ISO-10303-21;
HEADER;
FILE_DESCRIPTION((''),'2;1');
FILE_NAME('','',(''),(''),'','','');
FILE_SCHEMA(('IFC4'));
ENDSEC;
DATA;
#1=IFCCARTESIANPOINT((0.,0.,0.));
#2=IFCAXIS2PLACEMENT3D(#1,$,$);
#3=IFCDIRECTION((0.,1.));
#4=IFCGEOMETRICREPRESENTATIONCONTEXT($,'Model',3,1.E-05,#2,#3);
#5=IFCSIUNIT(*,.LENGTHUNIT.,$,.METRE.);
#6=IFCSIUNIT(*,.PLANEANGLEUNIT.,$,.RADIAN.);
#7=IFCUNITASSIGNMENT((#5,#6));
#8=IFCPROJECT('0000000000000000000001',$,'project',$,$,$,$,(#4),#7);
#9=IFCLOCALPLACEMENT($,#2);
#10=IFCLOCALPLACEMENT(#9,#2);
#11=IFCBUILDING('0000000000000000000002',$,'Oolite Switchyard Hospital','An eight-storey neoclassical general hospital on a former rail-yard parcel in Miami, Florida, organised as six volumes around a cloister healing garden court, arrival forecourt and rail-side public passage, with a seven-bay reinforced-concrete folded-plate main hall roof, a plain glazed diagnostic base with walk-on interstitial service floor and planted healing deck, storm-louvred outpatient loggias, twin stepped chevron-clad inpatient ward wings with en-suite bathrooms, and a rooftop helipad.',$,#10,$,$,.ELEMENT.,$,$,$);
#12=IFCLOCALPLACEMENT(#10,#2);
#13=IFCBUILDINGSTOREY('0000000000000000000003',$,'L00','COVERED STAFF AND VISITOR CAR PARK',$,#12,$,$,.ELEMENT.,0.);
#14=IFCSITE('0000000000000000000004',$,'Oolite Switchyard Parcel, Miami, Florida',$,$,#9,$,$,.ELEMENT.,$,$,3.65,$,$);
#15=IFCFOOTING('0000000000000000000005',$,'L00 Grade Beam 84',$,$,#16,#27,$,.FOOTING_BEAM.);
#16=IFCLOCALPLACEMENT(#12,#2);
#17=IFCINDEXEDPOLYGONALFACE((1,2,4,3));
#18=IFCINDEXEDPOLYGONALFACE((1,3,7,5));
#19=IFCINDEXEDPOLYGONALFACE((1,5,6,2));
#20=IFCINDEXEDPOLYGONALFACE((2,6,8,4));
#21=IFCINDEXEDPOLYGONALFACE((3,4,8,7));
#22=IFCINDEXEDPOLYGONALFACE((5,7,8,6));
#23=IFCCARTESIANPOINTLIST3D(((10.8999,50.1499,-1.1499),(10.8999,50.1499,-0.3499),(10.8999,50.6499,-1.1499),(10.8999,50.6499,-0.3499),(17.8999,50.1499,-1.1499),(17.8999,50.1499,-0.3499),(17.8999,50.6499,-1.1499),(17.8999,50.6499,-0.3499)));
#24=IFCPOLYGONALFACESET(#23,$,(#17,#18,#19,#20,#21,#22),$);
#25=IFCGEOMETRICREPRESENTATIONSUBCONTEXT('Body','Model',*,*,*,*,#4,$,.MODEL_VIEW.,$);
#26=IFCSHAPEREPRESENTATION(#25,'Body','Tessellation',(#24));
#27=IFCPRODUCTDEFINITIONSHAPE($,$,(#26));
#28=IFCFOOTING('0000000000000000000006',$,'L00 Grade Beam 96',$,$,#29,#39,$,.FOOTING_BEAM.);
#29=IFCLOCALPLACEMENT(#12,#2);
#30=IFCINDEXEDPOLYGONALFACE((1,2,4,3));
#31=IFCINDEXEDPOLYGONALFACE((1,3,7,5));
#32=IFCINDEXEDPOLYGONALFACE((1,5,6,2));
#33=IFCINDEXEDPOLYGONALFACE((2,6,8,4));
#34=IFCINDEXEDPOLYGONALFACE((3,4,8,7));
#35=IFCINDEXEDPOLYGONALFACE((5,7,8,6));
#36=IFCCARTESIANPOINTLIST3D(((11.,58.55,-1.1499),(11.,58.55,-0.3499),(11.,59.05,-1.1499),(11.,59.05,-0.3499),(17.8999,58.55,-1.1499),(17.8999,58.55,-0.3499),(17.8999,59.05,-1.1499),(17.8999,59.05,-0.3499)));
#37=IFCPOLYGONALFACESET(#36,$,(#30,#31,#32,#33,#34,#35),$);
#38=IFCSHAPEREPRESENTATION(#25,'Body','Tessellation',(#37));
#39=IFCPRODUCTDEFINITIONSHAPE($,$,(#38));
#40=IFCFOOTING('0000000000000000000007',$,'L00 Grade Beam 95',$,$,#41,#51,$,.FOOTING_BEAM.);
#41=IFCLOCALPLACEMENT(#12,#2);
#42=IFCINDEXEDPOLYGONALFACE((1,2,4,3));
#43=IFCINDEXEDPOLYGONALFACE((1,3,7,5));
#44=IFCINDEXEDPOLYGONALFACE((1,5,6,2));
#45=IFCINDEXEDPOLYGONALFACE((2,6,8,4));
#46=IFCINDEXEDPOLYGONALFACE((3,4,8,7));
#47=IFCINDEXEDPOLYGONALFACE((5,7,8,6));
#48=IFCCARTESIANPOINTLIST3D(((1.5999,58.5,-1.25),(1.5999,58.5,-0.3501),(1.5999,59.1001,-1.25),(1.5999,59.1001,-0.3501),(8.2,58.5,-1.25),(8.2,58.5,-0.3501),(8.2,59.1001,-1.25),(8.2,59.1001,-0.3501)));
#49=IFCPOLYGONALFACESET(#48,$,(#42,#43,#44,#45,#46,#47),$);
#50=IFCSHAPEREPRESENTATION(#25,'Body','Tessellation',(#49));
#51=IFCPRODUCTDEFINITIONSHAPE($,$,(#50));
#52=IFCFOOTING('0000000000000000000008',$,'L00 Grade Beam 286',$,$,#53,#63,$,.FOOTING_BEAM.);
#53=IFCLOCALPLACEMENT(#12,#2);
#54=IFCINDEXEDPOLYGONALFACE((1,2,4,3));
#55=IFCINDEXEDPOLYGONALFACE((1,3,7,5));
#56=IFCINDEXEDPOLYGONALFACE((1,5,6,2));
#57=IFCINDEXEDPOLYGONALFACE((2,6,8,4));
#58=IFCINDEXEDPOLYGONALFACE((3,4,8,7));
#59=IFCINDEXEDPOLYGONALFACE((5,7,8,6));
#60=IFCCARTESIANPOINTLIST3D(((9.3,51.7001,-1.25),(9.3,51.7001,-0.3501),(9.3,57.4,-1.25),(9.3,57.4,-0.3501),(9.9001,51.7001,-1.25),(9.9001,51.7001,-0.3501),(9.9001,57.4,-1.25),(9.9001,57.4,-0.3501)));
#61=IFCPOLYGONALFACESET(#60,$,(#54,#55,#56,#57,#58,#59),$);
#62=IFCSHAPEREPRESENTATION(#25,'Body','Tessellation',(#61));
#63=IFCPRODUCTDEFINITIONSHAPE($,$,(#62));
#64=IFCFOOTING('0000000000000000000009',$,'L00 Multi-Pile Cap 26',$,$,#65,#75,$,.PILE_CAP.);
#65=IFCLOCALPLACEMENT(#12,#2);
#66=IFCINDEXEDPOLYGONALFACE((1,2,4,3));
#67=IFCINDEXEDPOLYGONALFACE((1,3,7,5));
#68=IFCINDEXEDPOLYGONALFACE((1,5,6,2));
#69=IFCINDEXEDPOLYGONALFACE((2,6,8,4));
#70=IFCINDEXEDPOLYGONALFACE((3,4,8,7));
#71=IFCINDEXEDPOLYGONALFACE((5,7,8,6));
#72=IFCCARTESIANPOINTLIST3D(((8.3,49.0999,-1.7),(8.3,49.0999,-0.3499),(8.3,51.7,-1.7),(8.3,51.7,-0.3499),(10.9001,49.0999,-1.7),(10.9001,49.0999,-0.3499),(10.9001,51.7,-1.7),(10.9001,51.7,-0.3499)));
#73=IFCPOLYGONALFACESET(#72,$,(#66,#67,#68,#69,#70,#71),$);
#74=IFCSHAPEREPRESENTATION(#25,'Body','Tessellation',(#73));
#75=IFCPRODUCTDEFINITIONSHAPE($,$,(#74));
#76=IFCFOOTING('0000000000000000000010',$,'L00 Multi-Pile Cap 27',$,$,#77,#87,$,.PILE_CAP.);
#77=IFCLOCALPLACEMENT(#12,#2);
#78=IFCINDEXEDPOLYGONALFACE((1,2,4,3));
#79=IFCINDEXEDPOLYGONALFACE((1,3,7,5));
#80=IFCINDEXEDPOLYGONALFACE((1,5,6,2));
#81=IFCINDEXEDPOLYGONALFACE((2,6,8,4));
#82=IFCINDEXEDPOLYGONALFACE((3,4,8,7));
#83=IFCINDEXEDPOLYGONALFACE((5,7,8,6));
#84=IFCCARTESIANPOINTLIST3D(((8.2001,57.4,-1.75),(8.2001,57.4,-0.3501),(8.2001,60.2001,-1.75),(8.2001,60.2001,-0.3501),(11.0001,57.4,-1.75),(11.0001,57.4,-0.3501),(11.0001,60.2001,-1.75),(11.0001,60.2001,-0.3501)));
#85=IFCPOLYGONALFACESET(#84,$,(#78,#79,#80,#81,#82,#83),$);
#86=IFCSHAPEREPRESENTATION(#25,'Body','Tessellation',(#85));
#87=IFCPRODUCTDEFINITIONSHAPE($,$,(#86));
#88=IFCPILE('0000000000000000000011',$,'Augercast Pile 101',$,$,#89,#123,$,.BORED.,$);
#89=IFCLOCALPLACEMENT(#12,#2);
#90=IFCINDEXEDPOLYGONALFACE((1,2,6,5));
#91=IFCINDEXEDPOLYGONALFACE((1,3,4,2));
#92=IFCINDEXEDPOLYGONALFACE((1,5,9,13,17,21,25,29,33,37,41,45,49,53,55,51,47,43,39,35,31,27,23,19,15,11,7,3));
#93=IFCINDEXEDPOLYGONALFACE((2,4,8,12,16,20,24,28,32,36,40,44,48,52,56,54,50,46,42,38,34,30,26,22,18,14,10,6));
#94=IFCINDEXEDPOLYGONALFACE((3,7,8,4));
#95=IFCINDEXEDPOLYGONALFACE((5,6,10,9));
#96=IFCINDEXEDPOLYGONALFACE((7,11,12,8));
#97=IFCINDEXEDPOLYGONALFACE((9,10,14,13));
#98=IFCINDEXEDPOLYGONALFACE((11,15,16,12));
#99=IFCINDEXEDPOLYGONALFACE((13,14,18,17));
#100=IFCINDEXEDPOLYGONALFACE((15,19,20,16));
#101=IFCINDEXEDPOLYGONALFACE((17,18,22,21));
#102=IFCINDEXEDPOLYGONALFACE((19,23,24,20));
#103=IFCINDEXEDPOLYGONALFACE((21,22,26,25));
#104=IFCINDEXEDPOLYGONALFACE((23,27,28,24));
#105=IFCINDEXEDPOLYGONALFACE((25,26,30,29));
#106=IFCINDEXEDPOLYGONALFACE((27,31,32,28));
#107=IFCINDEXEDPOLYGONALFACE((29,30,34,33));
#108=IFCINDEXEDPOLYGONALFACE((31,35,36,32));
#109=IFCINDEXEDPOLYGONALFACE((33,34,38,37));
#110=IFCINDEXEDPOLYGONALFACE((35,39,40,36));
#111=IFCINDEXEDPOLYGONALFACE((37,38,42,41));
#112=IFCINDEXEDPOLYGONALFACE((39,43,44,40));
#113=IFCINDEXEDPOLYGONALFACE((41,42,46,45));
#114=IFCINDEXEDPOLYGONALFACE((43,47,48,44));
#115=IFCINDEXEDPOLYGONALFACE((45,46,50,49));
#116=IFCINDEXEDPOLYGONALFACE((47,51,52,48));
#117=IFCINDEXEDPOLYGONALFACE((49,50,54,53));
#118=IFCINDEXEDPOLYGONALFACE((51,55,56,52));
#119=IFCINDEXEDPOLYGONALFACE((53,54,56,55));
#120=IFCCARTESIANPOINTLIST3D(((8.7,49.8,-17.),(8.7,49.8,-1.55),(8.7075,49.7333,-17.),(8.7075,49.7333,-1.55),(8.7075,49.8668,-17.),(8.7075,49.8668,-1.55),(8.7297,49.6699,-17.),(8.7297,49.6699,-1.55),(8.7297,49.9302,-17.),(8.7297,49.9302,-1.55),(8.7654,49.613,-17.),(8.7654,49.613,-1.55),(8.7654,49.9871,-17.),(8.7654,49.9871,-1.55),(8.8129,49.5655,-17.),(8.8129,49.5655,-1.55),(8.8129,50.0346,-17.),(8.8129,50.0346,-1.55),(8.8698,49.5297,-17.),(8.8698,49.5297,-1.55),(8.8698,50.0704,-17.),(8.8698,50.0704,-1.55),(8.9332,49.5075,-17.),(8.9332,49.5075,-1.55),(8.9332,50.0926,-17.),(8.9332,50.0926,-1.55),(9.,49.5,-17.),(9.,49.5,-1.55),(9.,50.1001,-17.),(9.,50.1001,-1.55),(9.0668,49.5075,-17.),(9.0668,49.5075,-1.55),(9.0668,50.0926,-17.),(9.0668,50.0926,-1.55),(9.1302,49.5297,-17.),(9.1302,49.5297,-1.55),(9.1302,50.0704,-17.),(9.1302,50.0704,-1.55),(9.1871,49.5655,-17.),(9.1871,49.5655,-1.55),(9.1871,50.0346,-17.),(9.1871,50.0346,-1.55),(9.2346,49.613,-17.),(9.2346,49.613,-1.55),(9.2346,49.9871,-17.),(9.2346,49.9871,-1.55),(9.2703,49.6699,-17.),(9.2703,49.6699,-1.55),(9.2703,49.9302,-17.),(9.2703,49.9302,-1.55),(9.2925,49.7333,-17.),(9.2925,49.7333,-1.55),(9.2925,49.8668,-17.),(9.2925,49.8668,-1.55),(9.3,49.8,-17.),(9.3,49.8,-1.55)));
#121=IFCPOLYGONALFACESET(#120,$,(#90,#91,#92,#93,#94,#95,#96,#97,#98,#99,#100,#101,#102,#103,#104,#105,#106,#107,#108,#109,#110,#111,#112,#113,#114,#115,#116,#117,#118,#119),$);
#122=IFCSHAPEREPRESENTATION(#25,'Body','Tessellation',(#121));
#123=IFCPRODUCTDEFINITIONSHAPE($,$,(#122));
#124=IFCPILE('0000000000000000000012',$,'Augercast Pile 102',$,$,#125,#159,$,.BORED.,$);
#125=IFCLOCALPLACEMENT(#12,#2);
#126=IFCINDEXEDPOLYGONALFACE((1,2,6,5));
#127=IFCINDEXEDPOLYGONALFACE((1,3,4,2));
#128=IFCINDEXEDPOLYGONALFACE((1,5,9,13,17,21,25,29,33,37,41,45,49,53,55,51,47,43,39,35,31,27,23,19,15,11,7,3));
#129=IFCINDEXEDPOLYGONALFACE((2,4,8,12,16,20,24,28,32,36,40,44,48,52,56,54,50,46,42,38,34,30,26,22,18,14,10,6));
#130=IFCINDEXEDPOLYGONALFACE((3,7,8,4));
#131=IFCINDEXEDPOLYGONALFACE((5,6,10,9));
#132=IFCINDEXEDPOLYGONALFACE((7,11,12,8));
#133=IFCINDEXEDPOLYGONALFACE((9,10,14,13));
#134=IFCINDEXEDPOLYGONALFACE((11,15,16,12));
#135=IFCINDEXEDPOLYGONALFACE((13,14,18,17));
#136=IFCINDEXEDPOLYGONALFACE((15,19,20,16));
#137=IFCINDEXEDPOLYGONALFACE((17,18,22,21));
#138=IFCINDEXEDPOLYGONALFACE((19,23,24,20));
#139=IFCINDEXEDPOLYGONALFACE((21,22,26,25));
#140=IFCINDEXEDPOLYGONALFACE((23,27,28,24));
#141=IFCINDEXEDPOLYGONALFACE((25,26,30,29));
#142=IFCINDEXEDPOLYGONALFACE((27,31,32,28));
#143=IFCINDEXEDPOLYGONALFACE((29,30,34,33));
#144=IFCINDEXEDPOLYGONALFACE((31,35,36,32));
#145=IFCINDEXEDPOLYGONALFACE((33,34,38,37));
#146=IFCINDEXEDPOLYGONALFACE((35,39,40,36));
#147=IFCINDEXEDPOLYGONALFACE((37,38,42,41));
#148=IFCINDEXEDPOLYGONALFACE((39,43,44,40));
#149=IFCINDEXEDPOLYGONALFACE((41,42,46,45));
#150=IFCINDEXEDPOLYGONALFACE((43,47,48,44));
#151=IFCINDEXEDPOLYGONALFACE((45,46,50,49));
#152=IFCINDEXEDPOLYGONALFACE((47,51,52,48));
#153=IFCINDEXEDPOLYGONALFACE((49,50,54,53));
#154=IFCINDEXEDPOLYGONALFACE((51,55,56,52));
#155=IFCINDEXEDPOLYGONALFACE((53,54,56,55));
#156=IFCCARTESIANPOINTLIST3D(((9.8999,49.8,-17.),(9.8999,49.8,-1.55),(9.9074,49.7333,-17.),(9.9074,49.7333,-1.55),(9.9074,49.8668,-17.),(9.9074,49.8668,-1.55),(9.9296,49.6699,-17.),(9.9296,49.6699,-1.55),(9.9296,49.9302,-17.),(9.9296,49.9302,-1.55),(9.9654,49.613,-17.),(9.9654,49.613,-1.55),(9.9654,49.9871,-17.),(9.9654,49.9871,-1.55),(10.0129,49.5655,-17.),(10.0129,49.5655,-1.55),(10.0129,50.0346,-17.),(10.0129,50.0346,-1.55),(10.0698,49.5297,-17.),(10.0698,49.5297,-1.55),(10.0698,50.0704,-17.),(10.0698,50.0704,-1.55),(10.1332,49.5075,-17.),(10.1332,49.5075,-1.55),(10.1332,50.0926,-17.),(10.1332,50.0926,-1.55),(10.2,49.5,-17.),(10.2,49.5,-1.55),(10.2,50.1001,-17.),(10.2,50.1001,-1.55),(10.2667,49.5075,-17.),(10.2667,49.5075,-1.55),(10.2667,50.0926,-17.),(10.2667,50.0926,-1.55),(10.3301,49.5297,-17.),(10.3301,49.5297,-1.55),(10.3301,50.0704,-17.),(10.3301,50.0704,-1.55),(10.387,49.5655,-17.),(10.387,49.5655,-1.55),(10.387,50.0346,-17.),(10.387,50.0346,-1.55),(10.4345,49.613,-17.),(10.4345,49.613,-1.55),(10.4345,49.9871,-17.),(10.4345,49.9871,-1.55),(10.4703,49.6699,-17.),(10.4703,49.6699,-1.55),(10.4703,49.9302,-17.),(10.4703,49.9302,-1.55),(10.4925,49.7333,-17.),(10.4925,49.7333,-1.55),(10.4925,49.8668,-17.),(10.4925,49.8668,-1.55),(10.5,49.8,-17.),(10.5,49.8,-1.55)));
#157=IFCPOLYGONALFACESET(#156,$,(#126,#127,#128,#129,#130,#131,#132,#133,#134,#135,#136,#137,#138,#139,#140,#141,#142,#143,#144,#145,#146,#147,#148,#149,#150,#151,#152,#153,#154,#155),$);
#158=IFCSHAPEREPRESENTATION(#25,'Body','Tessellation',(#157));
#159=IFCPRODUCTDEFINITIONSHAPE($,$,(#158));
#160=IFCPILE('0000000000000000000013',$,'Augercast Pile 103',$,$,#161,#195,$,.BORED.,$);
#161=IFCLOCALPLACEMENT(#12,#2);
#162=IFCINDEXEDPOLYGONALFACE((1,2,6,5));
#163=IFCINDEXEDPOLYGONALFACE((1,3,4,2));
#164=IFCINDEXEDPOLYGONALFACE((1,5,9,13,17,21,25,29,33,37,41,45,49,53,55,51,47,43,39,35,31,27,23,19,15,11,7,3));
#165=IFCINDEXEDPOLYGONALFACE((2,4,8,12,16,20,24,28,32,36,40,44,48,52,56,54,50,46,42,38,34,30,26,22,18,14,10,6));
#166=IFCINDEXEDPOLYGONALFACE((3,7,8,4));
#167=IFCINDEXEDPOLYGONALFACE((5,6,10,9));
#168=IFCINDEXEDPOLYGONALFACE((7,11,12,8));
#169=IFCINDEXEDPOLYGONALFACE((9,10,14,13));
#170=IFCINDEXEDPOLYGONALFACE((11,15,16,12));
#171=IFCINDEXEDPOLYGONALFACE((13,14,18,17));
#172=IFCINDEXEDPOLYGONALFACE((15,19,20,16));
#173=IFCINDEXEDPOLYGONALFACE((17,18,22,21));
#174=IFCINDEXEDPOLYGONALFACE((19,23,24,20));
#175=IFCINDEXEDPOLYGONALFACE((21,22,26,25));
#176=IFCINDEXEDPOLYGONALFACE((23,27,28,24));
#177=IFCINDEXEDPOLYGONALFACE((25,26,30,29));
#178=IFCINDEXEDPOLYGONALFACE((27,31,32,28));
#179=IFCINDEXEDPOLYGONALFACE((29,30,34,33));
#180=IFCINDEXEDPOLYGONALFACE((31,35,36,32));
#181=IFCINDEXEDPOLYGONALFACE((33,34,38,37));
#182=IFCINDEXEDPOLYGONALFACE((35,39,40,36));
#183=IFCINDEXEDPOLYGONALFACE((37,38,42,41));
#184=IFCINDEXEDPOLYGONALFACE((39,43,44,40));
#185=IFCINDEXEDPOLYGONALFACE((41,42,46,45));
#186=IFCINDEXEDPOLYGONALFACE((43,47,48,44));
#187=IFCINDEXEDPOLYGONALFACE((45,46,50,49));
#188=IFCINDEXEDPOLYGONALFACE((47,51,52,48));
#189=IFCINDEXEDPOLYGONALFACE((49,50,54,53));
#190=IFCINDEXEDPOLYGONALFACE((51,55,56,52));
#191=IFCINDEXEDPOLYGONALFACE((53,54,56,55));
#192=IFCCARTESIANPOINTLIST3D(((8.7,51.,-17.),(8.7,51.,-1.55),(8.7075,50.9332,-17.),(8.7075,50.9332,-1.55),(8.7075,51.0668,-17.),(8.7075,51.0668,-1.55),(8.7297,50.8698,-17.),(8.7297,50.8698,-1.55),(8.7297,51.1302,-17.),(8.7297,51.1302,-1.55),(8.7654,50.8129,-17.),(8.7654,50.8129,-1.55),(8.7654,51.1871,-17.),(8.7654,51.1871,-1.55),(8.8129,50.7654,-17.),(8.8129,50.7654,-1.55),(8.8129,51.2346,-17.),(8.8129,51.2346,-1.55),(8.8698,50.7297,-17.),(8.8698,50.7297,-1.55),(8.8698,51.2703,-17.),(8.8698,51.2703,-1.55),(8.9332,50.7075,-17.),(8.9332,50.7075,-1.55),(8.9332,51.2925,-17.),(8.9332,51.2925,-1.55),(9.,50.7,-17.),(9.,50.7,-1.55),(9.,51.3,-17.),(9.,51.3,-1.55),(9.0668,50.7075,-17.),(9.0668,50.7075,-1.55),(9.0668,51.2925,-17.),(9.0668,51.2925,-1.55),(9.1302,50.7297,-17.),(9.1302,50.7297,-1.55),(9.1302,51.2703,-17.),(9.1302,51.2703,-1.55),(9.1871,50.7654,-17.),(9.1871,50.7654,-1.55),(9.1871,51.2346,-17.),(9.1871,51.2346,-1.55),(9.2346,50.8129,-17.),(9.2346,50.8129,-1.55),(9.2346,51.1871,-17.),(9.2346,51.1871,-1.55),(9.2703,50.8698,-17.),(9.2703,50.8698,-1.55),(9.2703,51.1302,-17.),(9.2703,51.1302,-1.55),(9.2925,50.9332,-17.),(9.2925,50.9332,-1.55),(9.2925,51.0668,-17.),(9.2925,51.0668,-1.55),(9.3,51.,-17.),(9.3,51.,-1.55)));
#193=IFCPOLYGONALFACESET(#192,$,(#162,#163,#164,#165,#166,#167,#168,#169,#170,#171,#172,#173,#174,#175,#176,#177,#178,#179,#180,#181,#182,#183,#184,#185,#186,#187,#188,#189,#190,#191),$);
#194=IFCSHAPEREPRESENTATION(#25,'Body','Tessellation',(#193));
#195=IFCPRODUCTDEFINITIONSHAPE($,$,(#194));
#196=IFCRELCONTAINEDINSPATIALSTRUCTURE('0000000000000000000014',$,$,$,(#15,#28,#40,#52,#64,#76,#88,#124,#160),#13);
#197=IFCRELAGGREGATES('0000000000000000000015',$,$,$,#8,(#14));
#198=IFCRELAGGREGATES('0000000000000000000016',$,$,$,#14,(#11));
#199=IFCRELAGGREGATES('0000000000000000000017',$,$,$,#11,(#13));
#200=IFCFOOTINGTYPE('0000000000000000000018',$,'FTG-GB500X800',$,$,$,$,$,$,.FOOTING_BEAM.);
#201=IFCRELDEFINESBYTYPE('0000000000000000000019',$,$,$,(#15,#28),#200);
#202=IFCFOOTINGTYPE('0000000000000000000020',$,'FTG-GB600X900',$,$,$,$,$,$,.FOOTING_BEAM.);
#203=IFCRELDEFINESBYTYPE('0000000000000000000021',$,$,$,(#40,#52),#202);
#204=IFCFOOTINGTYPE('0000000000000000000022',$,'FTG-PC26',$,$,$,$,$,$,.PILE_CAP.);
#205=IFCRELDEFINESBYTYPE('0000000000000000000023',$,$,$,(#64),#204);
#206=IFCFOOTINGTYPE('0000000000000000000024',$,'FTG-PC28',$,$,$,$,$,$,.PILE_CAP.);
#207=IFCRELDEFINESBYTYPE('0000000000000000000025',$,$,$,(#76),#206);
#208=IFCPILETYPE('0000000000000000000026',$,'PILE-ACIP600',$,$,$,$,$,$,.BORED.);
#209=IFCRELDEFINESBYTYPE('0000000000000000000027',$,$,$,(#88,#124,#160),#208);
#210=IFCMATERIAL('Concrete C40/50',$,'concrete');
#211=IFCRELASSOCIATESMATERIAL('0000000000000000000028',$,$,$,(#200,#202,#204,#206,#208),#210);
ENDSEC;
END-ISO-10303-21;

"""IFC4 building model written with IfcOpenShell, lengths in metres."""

from ifc_helpers import new_model, si_unit, direction, frame, origin, origin_2d, place, context, subcontext, project, spatial, rectangle, circle, extrude, material, material_profile, profile_set, type_object, element, save


model = new_model("IFC4")

# Units and contexts
model_context = context("Model", 3, precision=1e-05, world=origin(), true_north=direction((0.0, 1.0)))
body_context = subcontext(model_context, "Body", "Model", "MODEL_VIEW")
ifc_project = project(units=[si_unit("LENGTHUNIT", "METRE"), si_unit("PLANEANGLEUNIT", "RADIAN")], contexts=[model_context])

# Site, building, storey
site_placement = place(None, origin())
site = spatial("IfcSite", under=ifc_project, at=site_placement, Name="Oolite Switchyard Parcel, Miami, Florida", CompositionType="ELEMENT", RefElevation=3.65)
building_placement = place(site_placement, origin())
building = spatial("IfcBuilding", under=site, at=building_placement, Name="Oolite Switchyard Hospital", Description="An eight-storey neoclassical general hospital on a former rail-yard parcel in Miami, Florida, organised as six volumes around a cloister healing garden court, arrival forecourt and rail-side public passage, with a seven-bay reinforced-concrete folded-plate main hall roof, a plain glazed diagnostic base with walk-on interstitial service floor and planted healing deck, storm-louvred outpatient loggias, twin stepped chevron-clad inpatient ward wings with en-suite bathrooms, and a rooftop helipad.", CompositionType="ELEMENT")
storey_placement = place(building_placement, origin())
storey = spatial("IfcBuildingStorey", under=building, at=storey_placement, Name="L00", Description="COVERED STAFF AND VISITOR CAR PARK", CompositionType="ELEMENT", Elevation=0.0)

# Footings
ifc_material_1 = material(Name="Concrete C40/50", Category="concrete")
footing_type_1 = type_object("IfcFootingType", Name="FTG-GB500X800", PredefinedType="FOOTING_BEAM", material=ifc_material_1)
footing_1_placement = place(storey_placement, frame((14.3999, 50.3999, -1.1499), z_axis=(0.0, 0.0, 1.0), x_axis=(1.0, 0.0, 0.0)))
element("IfcFooting", 1, at=footing_1_placement, inside=storey, type_object=footing_type_1, Name="L00 Grade Beam 84", PredefinedType="FOOTING_BEAM", context=body_context, shape_type="SweptSolid", body=[
    extrude(rectangle(XDim=7.0, YDim=0.5, at=origin_2d()), origin(), (0.0, 0.0, 1.0), 0.8),
])
footing_2_placement = place(storey_placement, frame((14.45, 58.8, -1.1499), z_axis=(0.0, 0.0, 1.0), x_axis=(1.0, 0.0, 0.0)))
element("IfcFooting", 2, at=footing_2_placement, inside=storey, type_object=footing_type_1, Name="L00 Grade Beam 96", PredefinedType="FOOTING_BEAM", context=body_context, shape_type="SweptSolid", body=[
    extrude(rectangle(XDim=6.8999, YDim=0.5, at=origin_2d()), origin(), (0.0, 0.0, 1.0), 0.8),
])
footing_type_2 = type_object("IfcFootingType", Name="FTG-GB600X900", PredefinedType="FOOTING_BEAM", material=ifc_material_1)
footing_3_placement = place(storey_placement, frame((4.8999, 58.8, -1.25), z_axis=(0.0, 0.0, 1.0), x_axis=(1.0, 0.0, 0.0)))
element("IfcFooting", 3, at=footing_3_placement, inside=storey, type_object=footing_type_2, Name="L00 Grade Beam 95", PredefinedType="FOOTING_BEAM", context=body_context, shape_type="SweptSolid", body=[
    extrude(rectangle(XDim=6.6001, YDim=0.6001, at=origin_2d()), origin(), (0.0, 0.0, 1.0), 0.8999),
])
footing_4_placement = place(storey_placement, frame((9.6001, 54.55, -1.25), z_axis=(0.0, 0.0, 1.0), x_axis=(0.0, 1.0, 0.0)))
element("IfcFooting", 4, at=footing_4_placement, inside=storey, type_object=footing_type_2, Name="L00 Grade Beam 286", PredefinedType="FOOTING_BEAM", context=body_context, shape_type="SweptSolid", body=[
    extrude(rectangle(XDim=5.7, YDim=0.6001, at=origin_2d()), origin(), (0.0, 0.0, 1.0), 0.8999),
])
footing_type_3 = type_object("IfcFootingType", Name="FTG-PC26", PredefinedType="PILE_CAP", material=ifc_material_1)
footing_5_placement = place(storey_placement, frame((9.6001, 50.3999, -1.7), z_axis=(0.0, 0.0, 1.0), x_axis=(1.0, 0.0, 0.0)))
element("IfcFooting", 5, at=footing_5_placement, inside=storey, type_object=footing_type_3, Name="L00 Multi-Pile Cap 26", PredefinedType="PILE_CAP", context=body_context, shape_type="SweptSolid", body=[
    extrude(rectangle(XDim=2.6001, YDim=2.6001, at=origin_2d()), origin(), (0.0, 0.0, 1.0), 1.3501),
])
footing_type_4 = type_object("IfcFootingType", Name="FTG-PC28", PredefinedType="PILE_CAP", material=ifc_material_1)
footing_6_placement = place(storey_placement, frame((9.6001, 58.8, -1.75), z_axis=(0.0, 0.0, 1.0), x_axis=(1.0, 0.0, 0.0)))
element("IfcFooting", 6, at=footing_6_placement, inside=storey, type_object=footing_type_4, Name="L00 Multi-Pile Cap 27", PredefinedType="PILE_CAP", context=body_context, shape_type="SweptSolid", body=[
    extrude(rectangle(XDim=2.8, YDim=2.8, at=origin_2d()), origin(), (0.0, 0.0, 1.0), 1.3999),
])

# Piles
ifc_material_profile_1 = material_profile(ifc_material_1, circle(Radius=0.3, at=origin_2d()), Name="PILE600")
ifc_profile_set_1 = profile_set([ifc_material_profile_1], Name="Concrete C40/50")
pile_type = type_object("IfcPileType", Name="PILE-ACIP600", PredefinedType="BORED", material=ifc_profile_set_1)
for number, where, z_axis, x_axis, name in (
    (7, (9.0, 49.8, -1.55), (0.0, 0.0, -1.0), (1.0, 0.0, 0.0), "Augercast Pile 101"),
    (8, (10.2, 49.8, -1.55), (0.0, 0.0, -1.0), (1.0, 0.0, 0.0), "Augercast Pile 102"),
    (9, (9.0, 51.0, -1.55), (0.0, 0.0, -1.0), (1.0, 0.0, 0.0), "Augercast Pile 103"),
):
    element("IfcPile", number, at=place(storey_placement, frame(where, z_axis=z_axis, x_axis=x_axis)), inside=storey, type_object=pile_type, Name=name, PredefinedType="BORED", context=body_context, shape_type="SweptSolid", body=[
        extrude(circle(Radius=0.3, at=origin_2d()), origin(), (0.0, 0.0, 1.0), 15.45),
    ])

save(model, "model.ifc")
